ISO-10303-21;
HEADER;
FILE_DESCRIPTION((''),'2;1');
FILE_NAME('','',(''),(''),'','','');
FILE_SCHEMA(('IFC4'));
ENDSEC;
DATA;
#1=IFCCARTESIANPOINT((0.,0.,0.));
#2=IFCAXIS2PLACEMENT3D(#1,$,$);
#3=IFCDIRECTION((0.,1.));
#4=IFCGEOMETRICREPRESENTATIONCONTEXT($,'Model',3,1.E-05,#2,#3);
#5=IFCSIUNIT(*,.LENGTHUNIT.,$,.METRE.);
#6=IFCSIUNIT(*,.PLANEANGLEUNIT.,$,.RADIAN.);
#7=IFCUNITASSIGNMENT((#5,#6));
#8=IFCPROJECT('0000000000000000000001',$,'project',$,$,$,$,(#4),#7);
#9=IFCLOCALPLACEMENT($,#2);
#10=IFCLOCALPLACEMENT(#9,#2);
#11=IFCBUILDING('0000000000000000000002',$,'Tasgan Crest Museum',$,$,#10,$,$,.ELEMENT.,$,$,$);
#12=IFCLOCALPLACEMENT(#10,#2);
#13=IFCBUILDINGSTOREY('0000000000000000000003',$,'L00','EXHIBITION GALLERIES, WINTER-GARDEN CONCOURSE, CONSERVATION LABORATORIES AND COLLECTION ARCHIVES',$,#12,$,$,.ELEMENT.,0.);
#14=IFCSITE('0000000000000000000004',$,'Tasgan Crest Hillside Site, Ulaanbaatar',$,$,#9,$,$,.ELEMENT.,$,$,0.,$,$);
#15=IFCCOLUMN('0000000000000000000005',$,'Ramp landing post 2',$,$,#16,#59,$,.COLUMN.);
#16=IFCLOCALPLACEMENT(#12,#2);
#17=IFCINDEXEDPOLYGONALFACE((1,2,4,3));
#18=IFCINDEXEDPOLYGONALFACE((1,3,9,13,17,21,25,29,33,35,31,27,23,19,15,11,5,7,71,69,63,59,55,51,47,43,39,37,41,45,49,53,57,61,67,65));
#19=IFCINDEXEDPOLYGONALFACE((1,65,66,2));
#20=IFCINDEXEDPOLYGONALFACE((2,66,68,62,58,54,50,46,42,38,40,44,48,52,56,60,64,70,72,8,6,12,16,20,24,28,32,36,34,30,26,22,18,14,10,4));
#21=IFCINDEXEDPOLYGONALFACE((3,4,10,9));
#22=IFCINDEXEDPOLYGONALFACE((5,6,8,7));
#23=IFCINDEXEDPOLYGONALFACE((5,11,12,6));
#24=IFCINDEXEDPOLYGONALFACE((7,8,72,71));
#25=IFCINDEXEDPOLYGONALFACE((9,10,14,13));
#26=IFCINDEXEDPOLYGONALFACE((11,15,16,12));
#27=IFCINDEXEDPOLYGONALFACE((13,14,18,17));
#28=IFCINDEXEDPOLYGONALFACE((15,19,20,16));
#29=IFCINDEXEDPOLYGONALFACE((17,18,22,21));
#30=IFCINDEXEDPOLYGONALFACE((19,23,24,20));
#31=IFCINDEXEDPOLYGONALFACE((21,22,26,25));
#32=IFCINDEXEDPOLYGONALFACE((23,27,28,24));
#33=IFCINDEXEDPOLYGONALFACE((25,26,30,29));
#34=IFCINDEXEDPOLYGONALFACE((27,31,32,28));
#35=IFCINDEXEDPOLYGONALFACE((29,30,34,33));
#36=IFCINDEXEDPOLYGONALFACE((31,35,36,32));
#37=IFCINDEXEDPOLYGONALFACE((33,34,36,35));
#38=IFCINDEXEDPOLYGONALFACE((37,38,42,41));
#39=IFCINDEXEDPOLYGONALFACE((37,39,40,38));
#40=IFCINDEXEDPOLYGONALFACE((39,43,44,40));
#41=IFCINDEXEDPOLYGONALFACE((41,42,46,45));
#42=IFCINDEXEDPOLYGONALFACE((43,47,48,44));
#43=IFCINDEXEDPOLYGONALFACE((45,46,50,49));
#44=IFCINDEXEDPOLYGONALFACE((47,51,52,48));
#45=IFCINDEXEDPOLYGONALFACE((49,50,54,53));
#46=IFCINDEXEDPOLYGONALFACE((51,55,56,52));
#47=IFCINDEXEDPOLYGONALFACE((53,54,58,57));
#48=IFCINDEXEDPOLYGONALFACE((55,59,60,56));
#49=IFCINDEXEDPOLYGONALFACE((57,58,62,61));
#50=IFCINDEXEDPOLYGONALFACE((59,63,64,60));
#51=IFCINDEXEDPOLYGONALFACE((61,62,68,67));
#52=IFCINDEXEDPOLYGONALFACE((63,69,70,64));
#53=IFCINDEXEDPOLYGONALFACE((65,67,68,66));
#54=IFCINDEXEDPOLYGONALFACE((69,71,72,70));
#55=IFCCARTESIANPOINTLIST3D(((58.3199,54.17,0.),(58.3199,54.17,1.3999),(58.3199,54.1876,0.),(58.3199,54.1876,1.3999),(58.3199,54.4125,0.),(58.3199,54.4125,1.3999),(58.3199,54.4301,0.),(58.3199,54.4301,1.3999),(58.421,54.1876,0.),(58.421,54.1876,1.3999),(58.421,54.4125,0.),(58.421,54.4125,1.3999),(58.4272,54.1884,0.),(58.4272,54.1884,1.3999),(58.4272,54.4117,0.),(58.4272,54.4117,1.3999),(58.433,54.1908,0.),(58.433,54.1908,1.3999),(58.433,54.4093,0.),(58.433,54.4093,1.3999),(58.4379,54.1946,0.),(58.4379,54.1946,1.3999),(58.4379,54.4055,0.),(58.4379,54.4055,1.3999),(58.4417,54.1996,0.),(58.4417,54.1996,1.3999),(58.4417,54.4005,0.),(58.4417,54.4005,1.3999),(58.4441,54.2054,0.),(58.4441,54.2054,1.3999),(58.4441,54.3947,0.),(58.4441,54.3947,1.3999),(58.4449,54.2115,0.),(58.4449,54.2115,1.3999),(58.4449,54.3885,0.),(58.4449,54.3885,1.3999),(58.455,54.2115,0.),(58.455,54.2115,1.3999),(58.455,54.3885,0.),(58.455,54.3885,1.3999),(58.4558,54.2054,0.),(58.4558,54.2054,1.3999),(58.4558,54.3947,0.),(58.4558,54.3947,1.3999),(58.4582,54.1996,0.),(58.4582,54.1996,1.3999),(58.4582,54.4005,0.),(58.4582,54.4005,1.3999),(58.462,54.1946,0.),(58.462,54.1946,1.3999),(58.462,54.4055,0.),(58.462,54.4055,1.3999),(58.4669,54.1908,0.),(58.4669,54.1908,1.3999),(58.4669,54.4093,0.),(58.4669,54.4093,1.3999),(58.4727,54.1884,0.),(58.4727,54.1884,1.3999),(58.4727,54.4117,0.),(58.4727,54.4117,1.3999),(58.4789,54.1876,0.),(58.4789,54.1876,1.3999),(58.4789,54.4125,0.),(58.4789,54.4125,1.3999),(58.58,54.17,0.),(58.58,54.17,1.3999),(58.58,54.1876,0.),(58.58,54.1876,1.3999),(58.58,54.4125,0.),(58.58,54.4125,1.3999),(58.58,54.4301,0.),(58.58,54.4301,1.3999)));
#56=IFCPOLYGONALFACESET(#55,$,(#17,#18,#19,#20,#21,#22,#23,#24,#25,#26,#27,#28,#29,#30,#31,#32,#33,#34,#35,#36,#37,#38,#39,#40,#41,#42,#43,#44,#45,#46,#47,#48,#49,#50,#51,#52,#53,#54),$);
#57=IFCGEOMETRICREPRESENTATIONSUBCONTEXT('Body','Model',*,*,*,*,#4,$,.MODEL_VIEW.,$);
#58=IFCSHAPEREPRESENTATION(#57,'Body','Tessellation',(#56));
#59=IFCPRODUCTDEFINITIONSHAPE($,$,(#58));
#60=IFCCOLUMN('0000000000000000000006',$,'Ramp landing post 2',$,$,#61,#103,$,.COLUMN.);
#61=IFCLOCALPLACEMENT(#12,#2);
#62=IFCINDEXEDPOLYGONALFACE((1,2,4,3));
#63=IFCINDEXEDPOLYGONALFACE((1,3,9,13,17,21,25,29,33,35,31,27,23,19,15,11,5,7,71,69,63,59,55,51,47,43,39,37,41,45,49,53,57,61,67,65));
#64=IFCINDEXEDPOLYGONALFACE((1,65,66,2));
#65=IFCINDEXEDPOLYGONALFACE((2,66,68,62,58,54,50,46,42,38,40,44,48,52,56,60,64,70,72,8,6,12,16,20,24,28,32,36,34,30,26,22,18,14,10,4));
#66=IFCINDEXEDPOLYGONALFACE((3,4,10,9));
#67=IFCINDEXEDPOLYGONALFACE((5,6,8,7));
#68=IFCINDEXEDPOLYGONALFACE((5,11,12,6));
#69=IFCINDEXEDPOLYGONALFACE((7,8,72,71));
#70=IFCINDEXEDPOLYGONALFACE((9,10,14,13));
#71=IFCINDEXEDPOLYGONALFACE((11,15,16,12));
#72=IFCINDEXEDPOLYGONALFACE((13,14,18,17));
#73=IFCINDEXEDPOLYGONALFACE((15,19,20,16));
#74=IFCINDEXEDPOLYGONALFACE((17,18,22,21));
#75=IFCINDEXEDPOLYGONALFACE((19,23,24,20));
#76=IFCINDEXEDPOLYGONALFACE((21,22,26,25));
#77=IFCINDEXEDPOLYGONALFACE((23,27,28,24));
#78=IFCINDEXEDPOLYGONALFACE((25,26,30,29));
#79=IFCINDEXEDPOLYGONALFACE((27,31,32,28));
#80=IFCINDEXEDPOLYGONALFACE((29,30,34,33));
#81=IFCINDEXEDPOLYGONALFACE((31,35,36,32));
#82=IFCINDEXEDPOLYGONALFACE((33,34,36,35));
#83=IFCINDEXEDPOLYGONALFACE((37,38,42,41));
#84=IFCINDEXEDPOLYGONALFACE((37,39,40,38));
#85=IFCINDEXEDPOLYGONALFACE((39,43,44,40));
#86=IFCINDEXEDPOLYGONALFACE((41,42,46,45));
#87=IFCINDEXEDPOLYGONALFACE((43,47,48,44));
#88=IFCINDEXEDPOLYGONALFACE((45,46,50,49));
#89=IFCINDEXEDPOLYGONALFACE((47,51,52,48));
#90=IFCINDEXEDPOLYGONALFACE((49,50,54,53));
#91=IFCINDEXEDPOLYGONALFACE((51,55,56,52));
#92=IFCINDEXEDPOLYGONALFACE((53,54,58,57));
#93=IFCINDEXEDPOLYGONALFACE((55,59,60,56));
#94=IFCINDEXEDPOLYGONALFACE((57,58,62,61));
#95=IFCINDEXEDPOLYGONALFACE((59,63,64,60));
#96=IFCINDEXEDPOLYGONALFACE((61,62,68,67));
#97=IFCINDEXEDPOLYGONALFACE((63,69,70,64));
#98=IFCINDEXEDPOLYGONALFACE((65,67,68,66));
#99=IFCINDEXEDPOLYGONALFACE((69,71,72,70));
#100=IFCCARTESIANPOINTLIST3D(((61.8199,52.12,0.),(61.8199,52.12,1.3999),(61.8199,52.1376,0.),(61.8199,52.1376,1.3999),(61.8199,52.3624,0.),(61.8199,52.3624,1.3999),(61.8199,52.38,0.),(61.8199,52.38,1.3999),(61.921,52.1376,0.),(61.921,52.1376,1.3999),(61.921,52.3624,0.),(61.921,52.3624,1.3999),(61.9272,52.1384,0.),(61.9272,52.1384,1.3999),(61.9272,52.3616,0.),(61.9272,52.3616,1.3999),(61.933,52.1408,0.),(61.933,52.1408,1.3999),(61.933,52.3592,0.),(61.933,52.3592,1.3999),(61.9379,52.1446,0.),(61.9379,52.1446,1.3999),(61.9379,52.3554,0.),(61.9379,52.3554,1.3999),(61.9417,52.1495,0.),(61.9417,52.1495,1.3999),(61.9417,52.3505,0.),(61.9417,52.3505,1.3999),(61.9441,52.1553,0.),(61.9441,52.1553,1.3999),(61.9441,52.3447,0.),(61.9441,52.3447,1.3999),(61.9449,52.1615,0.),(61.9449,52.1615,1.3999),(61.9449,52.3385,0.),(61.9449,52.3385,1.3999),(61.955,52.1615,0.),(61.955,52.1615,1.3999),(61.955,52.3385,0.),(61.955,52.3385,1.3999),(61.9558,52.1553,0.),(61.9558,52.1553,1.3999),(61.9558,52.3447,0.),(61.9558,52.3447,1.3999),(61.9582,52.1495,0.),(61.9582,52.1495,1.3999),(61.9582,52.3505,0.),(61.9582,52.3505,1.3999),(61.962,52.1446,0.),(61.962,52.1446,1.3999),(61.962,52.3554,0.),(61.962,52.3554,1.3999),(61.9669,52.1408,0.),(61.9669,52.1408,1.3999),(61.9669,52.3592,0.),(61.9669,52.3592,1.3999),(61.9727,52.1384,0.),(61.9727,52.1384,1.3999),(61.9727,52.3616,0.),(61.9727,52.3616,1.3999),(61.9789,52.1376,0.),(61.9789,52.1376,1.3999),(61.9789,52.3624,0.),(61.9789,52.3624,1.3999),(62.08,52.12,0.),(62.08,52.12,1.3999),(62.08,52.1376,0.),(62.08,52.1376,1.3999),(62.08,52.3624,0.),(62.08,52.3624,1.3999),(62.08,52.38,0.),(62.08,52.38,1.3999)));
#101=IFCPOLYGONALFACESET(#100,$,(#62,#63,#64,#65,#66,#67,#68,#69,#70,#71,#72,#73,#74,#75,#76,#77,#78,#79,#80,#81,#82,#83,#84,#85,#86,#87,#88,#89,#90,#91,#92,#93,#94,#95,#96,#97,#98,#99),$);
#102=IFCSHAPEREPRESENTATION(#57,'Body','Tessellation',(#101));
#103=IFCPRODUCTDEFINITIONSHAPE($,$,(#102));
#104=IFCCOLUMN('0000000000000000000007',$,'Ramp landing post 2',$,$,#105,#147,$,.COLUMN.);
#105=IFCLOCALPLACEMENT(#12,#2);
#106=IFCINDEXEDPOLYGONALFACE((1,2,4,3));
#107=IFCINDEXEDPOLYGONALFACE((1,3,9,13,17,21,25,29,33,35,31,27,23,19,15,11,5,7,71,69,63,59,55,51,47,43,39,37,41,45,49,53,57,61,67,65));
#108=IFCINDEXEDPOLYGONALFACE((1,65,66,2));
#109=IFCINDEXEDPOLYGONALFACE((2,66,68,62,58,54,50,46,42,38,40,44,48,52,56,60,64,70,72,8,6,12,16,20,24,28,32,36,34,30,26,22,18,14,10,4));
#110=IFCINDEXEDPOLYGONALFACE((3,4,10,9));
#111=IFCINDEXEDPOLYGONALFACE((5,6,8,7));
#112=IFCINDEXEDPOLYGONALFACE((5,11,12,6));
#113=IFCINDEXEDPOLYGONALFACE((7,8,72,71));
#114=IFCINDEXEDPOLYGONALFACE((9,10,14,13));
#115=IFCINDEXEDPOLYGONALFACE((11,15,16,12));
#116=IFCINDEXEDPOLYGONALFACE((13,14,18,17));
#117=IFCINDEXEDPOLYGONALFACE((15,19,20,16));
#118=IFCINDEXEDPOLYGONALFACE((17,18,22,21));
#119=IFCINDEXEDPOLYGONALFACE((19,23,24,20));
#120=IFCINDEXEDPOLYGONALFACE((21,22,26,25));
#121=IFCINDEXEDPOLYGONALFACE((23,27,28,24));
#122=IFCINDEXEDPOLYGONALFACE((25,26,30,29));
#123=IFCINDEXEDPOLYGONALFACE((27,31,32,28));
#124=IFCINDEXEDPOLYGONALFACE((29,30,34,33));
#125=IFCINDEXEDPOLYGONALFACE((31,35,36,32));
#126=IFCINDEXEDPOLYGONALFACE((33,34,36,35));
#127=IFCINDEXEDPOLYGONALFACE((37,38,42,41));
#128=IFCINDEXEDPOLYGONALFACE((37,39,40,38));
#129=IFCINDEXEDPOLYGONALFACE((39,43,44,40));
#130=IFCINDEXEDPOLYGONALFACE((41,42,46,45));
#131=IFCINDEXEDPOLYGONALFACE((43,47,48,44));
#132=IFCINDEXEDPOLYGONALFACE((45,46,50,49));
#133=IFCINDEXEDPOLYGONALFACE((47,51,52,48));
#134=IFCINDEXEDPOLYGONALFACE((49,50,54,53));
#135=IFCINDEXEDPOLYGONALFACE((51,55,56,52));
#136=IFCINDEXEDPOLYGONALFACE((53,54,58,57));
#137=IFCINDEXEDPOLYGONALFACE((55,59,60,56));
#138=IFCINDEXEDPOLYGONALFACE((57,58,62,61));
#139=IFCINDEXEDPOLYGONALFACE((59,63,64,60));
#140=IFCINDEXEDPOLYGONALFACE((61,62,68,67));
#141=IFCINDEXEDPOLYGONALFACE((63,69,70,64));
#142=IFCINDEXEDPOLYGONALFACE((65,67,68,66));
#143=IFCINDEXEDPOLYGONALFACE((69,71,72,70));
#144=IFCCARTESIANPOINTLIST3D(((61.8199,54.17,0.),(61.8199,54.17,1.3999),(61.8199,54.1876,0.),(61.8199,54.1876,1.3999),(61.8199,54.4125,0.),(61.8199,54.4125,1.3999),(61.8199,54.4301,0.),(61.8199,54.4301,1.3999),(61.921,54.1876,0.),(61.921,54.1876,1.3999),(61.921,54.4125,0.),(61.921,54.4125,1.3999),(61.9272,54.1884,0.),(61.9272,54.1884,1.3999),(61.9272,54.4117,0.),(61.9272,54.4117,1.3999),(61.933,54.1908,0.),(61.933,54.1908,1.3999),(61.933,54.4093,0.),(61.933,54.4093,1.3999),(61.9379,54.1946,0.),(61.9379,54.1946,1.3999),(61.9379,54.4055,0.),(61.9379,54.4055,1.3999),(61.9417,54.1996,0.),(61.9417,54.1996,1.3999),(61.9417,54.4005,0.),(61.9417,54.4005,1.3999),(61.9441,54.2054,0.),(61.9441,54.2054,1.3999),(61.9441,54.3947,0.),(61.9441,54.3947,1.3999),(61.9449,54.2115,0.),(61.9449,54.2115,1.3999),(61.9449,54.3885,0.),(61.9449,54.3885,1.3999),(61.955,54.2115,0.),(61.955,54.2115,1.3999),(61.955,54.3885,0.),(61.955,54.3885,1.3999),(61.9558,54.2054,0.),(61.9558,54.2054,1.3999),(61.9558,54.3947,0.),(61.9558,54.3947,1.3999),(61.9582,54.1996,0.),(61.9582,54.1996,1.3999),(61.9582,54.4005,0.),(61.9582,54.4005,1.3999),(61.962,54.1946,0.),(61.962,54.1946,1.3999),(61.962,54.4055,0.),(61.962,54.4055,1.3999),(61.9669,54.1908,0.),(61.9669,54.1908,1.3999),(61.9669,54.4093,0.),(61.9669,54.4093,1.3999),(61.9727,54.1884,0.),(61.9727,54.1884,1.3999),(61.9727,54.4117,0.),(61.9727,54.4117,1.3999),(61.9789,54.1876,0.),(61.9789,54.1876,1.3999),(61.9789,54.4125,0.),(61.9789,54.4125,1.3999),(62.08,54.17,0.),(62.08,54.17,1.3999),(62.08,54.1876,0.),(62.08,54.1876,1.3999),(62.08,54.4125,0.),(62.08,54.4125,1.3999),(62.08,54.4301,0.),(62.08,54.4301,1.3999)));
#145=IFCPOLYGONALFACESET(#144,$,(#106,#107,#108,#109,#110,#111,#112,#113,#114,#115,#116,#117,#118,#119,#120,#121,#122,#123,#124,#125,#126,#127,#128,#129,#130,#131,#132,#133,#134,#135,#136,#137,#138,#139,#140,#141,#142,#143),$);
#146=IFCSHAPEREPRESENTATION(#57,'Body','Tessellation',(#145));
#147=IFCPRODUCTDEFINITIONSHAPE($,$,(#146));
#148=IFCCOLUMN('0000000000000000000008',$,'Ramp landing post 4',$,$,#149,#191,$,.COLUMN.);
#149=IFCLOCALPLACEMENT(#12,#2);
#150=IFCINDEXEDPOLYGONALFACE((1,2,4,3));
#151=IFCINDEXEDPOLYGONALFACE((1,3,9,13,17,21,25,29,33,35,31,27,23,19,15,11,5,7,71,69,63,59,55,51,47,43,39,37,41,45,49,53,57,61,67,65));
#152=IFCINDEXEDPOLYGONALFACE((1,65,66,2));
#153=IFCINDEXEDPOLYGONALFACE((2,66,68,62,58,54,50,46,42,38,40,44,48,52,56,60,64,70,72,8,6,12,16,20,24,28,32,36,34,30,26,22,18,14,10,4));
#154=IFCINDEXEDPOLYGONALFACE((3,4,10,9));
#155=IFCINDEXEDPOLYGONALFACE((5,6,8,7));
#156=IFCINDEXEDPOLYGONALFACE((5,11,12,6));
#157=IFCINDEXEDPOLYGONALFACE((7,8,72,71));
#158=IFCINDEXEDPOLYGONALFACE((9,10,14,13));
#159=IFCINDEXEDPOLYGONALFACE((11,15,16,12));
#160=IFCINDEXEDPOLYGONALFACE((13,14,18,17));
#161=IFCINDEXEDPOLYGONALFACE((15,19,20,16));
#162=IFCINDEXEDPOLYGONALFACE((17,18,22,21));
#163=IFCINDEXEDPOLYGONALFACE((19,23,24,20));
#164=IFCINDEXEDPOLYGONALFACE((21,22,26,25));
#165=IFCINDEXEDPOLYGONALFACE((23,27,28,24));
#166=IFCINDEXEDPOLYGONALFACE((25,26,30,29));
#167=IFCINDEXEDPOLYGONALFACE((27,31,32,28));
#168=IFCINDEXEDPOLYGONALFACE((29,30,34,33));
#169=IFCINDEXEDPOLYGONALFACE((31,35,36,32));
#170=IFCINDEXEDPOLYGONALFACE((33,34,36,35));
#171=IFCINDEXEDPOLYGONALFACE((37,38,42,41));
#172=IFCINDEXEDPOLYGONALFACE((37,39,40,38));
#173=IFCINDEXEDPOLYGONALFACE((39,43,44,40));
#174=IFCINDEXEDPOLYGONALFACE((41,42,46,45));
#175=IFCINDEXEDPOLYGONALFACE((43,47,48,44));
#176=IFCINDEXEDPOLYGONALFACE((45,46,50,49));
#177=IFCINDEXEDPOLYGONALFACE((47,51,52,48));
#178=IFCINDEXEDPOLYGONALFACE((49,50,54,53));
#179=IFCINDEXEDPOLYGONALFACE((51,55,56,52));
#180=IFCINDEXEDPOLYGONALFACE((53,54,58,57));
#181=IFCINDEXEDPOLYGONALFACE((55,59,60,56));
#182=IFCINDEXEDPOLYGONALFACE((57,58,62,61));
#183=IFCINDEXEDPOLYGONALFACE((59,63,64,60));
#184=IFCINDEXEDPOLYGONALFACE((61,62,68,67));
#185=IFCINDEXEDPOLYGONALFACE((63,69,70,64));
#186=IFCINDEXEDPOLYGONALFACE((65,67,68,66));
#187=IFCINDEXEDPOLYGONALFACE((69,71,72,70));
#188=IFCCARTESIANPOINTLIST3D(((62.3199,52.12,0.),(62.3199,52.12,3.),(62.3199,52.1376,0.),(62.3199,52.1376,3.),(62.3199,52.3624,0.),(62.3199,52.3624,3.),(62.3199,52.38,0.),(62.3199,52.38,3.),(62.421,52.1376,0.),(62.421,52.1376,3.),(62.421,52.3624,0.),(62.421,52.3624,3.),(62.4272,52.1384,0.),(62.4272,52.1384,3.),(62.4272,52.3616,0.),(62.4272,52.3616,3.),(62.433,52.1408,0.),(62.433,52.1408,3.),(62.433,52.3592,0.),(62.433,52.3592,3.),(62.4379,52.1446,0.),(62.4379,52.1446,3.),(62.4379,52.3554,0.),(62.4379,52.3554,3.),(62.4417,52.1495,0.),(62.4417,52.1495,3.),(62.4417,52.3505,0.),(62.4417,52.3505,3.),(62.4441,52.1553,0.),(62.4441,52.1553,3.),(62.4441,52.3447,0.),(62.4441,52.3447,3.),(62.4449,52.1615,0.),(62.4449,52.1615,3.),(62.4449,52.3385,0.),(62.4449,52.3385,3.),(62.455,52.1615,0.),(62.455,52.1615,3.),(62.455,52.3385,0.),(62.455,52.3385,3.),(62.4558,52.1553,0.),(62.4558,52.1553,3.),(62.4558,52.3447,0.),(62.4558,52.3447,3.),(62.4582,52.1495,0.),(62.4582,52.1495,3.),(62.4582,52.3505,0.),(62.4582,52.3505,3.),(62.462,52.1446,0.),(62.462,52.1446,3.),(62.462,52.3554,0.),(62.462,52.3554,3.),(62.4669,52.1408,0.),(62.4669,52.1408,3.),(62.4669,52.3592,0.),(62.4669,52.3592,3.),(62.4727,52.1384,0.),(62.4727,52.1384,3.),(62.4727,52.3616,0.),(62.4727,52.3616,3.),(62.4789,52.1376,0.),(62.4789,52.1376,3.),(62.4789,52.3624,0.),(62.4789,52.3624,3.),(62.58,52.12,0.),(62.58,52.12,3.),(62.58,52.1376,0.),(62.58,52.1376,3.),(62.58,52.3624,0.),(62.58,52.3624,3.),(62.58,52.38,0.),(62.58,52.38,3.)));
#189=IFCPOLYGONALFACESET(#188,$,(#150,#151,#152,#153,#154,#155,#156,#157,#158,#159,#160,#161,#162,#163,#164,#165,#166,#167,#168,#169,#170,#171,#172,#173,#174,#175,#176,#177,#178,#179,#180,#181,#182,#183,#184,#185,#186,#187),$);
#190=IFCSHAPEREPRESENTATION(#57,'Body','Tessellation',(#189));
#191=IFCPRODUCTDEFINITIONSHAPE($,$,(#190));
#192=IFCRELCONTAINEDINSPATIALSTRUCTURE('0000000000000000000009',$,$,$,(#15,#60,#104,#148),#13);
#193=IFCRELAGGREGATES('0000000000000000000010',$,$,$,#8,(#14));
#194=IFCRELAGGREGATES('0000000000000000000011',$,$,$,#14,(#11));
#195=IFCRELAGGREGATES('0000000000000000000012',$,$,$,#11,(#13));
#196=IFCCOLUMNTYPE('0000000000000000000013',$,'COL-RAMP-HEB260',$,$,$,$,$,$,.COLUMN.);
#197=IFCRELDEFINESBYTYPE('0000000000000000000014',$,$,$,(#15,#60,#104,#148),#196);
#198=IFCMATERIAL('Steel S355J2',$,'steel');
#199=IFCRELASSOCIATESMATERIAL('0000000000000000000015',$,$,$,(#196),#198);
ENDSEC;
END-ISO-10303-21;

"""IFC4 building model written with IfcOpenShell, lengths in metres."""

from ifc_helpers import new_model, si_unit, direction, frame, origin, origin_2d, place, context, subcontext, project, spatial, i_section, extrude, material, material_profile, profile_set, type_object, element, save


model = new_model("IFC4")

# Units and contexts
model_context = context("Model", 3, precision=1e-05, world=origin(), true_north=direction((0.0, 1.0)))
body_context = subcontext(model_context, "Body", "Model", "MODEL_VIEW")
ifc_project = project(units=[si_unit("LENGTHUNIT", "METRE"), si_unit("PLANEANGLEUNIT", "RADIAN")], contexts=[model_context])

# Site, building, storey
site_placement = place(None, origin())
site = spatial("IfcSite", under=ifc_project, at=site_placement, Name="Tasgan Crest Hillside Site, Ulaanbaatar", CompositionType="ELEMENT", RefElevation=0.0)
building_placement = place(site_placement, origin())
building = spatial("IfcBuilding", under=site, at=building_placement, Name="Tasgan Crest Museum", CompositionType="ELEMENT")
storey_placement = place(building_placement, origin())
storey = spatial("IfcBuildingStorey", under=building, at=storey_placement, Name="L00", Description="EXHIBITION GALLERIES, WINTER-GARDEN CONCOURSE, CONSERVATION LABORATORIES AND COLLECTION ARCHIVES", CompositionType="ELEMENT", Elevation=0.0)

# Columns
ifc_material_1 = material(Name="Steel S355J2", Category="steel")
ifc_material_profile_1 = material_profile(ifc_material_1, i_section(OverallWidth=0.26, OverallDepth=0.26, WebThickness=0.01, FlangeThickness=0.0176, FilletRadius=0.0239, at=origin_2d()), Name="HEB 260")
ifc_profile_set_1 = profile_set([ifc_material_profile_1], Name="Steel S355J2")
column_type_1 = type_object("IfcColumnType", Name="COL-RAMP-HEB260", PredefinedType="COLUMN", material=ifc_profile_set_1)
for number, where, z_axis, x_axis, name in (
    (1, (58.45, 54.3, 0.0), (0.0, 0.0, 1.0), (1.0, 0.0, 0.0), "Ramp landing post 2"),
    (2, (61.95, 52.25, 0.0), (0.0, 0.0, 1.0), (1.0, 0.0, 0.0), "Ramp landing post 2"),
    (3, (61.95, 54.3, 0.0), (0.0, 0.0, 1.0), (1.0, 0.0, 0.0), "Ramp landing post 2"),
):
    element("IfcColumn", number, at=place(storey_placement, frame(where, z_axis=z_axis, x_axis=x_axis)), inside=storey, type_object=column_type_1, Name=name, PredefinedType="COLUMN", context=body_context, shape_type="SweptSolid", body=[
        extrude(i_section(OverallWidth=0.26, OverallDepth=0.26, WebThickness=0.01, FlangeThickness=0.0176, FilletRadius=0.0239, at=origin_2d()), origin(), (0.0, 0.0, 1.0), 1.3999),
    ])
for number, where, z_axis, x_axis, name in (
    (4, (62.45, 52.25, 0.0), (0.0, 0.0, 1.0), (1.0, 0.0, 0.0), "Ramp landing post 4"),
):
    element("IfcColumn", number, at=place(storey_placement, frame(where, z_axis=z_axis, x_axis=x_axis)), inside=storey, type_object=column_type_1, Name=name, PredefinedType="COLUMN", context=body_context, shape_type="SweptSolid", body=[
        extrude(i_section(OverallWidth=0.26, OverallDepth=0.26, WebThickness=0.01, FlangeThickness=0.0176, FilletRadius=0.0239, at=origin_2d()), origin(), (0.0, 0.0, 1.0), 3.0),
    ])

save(model, "model.ifc")
